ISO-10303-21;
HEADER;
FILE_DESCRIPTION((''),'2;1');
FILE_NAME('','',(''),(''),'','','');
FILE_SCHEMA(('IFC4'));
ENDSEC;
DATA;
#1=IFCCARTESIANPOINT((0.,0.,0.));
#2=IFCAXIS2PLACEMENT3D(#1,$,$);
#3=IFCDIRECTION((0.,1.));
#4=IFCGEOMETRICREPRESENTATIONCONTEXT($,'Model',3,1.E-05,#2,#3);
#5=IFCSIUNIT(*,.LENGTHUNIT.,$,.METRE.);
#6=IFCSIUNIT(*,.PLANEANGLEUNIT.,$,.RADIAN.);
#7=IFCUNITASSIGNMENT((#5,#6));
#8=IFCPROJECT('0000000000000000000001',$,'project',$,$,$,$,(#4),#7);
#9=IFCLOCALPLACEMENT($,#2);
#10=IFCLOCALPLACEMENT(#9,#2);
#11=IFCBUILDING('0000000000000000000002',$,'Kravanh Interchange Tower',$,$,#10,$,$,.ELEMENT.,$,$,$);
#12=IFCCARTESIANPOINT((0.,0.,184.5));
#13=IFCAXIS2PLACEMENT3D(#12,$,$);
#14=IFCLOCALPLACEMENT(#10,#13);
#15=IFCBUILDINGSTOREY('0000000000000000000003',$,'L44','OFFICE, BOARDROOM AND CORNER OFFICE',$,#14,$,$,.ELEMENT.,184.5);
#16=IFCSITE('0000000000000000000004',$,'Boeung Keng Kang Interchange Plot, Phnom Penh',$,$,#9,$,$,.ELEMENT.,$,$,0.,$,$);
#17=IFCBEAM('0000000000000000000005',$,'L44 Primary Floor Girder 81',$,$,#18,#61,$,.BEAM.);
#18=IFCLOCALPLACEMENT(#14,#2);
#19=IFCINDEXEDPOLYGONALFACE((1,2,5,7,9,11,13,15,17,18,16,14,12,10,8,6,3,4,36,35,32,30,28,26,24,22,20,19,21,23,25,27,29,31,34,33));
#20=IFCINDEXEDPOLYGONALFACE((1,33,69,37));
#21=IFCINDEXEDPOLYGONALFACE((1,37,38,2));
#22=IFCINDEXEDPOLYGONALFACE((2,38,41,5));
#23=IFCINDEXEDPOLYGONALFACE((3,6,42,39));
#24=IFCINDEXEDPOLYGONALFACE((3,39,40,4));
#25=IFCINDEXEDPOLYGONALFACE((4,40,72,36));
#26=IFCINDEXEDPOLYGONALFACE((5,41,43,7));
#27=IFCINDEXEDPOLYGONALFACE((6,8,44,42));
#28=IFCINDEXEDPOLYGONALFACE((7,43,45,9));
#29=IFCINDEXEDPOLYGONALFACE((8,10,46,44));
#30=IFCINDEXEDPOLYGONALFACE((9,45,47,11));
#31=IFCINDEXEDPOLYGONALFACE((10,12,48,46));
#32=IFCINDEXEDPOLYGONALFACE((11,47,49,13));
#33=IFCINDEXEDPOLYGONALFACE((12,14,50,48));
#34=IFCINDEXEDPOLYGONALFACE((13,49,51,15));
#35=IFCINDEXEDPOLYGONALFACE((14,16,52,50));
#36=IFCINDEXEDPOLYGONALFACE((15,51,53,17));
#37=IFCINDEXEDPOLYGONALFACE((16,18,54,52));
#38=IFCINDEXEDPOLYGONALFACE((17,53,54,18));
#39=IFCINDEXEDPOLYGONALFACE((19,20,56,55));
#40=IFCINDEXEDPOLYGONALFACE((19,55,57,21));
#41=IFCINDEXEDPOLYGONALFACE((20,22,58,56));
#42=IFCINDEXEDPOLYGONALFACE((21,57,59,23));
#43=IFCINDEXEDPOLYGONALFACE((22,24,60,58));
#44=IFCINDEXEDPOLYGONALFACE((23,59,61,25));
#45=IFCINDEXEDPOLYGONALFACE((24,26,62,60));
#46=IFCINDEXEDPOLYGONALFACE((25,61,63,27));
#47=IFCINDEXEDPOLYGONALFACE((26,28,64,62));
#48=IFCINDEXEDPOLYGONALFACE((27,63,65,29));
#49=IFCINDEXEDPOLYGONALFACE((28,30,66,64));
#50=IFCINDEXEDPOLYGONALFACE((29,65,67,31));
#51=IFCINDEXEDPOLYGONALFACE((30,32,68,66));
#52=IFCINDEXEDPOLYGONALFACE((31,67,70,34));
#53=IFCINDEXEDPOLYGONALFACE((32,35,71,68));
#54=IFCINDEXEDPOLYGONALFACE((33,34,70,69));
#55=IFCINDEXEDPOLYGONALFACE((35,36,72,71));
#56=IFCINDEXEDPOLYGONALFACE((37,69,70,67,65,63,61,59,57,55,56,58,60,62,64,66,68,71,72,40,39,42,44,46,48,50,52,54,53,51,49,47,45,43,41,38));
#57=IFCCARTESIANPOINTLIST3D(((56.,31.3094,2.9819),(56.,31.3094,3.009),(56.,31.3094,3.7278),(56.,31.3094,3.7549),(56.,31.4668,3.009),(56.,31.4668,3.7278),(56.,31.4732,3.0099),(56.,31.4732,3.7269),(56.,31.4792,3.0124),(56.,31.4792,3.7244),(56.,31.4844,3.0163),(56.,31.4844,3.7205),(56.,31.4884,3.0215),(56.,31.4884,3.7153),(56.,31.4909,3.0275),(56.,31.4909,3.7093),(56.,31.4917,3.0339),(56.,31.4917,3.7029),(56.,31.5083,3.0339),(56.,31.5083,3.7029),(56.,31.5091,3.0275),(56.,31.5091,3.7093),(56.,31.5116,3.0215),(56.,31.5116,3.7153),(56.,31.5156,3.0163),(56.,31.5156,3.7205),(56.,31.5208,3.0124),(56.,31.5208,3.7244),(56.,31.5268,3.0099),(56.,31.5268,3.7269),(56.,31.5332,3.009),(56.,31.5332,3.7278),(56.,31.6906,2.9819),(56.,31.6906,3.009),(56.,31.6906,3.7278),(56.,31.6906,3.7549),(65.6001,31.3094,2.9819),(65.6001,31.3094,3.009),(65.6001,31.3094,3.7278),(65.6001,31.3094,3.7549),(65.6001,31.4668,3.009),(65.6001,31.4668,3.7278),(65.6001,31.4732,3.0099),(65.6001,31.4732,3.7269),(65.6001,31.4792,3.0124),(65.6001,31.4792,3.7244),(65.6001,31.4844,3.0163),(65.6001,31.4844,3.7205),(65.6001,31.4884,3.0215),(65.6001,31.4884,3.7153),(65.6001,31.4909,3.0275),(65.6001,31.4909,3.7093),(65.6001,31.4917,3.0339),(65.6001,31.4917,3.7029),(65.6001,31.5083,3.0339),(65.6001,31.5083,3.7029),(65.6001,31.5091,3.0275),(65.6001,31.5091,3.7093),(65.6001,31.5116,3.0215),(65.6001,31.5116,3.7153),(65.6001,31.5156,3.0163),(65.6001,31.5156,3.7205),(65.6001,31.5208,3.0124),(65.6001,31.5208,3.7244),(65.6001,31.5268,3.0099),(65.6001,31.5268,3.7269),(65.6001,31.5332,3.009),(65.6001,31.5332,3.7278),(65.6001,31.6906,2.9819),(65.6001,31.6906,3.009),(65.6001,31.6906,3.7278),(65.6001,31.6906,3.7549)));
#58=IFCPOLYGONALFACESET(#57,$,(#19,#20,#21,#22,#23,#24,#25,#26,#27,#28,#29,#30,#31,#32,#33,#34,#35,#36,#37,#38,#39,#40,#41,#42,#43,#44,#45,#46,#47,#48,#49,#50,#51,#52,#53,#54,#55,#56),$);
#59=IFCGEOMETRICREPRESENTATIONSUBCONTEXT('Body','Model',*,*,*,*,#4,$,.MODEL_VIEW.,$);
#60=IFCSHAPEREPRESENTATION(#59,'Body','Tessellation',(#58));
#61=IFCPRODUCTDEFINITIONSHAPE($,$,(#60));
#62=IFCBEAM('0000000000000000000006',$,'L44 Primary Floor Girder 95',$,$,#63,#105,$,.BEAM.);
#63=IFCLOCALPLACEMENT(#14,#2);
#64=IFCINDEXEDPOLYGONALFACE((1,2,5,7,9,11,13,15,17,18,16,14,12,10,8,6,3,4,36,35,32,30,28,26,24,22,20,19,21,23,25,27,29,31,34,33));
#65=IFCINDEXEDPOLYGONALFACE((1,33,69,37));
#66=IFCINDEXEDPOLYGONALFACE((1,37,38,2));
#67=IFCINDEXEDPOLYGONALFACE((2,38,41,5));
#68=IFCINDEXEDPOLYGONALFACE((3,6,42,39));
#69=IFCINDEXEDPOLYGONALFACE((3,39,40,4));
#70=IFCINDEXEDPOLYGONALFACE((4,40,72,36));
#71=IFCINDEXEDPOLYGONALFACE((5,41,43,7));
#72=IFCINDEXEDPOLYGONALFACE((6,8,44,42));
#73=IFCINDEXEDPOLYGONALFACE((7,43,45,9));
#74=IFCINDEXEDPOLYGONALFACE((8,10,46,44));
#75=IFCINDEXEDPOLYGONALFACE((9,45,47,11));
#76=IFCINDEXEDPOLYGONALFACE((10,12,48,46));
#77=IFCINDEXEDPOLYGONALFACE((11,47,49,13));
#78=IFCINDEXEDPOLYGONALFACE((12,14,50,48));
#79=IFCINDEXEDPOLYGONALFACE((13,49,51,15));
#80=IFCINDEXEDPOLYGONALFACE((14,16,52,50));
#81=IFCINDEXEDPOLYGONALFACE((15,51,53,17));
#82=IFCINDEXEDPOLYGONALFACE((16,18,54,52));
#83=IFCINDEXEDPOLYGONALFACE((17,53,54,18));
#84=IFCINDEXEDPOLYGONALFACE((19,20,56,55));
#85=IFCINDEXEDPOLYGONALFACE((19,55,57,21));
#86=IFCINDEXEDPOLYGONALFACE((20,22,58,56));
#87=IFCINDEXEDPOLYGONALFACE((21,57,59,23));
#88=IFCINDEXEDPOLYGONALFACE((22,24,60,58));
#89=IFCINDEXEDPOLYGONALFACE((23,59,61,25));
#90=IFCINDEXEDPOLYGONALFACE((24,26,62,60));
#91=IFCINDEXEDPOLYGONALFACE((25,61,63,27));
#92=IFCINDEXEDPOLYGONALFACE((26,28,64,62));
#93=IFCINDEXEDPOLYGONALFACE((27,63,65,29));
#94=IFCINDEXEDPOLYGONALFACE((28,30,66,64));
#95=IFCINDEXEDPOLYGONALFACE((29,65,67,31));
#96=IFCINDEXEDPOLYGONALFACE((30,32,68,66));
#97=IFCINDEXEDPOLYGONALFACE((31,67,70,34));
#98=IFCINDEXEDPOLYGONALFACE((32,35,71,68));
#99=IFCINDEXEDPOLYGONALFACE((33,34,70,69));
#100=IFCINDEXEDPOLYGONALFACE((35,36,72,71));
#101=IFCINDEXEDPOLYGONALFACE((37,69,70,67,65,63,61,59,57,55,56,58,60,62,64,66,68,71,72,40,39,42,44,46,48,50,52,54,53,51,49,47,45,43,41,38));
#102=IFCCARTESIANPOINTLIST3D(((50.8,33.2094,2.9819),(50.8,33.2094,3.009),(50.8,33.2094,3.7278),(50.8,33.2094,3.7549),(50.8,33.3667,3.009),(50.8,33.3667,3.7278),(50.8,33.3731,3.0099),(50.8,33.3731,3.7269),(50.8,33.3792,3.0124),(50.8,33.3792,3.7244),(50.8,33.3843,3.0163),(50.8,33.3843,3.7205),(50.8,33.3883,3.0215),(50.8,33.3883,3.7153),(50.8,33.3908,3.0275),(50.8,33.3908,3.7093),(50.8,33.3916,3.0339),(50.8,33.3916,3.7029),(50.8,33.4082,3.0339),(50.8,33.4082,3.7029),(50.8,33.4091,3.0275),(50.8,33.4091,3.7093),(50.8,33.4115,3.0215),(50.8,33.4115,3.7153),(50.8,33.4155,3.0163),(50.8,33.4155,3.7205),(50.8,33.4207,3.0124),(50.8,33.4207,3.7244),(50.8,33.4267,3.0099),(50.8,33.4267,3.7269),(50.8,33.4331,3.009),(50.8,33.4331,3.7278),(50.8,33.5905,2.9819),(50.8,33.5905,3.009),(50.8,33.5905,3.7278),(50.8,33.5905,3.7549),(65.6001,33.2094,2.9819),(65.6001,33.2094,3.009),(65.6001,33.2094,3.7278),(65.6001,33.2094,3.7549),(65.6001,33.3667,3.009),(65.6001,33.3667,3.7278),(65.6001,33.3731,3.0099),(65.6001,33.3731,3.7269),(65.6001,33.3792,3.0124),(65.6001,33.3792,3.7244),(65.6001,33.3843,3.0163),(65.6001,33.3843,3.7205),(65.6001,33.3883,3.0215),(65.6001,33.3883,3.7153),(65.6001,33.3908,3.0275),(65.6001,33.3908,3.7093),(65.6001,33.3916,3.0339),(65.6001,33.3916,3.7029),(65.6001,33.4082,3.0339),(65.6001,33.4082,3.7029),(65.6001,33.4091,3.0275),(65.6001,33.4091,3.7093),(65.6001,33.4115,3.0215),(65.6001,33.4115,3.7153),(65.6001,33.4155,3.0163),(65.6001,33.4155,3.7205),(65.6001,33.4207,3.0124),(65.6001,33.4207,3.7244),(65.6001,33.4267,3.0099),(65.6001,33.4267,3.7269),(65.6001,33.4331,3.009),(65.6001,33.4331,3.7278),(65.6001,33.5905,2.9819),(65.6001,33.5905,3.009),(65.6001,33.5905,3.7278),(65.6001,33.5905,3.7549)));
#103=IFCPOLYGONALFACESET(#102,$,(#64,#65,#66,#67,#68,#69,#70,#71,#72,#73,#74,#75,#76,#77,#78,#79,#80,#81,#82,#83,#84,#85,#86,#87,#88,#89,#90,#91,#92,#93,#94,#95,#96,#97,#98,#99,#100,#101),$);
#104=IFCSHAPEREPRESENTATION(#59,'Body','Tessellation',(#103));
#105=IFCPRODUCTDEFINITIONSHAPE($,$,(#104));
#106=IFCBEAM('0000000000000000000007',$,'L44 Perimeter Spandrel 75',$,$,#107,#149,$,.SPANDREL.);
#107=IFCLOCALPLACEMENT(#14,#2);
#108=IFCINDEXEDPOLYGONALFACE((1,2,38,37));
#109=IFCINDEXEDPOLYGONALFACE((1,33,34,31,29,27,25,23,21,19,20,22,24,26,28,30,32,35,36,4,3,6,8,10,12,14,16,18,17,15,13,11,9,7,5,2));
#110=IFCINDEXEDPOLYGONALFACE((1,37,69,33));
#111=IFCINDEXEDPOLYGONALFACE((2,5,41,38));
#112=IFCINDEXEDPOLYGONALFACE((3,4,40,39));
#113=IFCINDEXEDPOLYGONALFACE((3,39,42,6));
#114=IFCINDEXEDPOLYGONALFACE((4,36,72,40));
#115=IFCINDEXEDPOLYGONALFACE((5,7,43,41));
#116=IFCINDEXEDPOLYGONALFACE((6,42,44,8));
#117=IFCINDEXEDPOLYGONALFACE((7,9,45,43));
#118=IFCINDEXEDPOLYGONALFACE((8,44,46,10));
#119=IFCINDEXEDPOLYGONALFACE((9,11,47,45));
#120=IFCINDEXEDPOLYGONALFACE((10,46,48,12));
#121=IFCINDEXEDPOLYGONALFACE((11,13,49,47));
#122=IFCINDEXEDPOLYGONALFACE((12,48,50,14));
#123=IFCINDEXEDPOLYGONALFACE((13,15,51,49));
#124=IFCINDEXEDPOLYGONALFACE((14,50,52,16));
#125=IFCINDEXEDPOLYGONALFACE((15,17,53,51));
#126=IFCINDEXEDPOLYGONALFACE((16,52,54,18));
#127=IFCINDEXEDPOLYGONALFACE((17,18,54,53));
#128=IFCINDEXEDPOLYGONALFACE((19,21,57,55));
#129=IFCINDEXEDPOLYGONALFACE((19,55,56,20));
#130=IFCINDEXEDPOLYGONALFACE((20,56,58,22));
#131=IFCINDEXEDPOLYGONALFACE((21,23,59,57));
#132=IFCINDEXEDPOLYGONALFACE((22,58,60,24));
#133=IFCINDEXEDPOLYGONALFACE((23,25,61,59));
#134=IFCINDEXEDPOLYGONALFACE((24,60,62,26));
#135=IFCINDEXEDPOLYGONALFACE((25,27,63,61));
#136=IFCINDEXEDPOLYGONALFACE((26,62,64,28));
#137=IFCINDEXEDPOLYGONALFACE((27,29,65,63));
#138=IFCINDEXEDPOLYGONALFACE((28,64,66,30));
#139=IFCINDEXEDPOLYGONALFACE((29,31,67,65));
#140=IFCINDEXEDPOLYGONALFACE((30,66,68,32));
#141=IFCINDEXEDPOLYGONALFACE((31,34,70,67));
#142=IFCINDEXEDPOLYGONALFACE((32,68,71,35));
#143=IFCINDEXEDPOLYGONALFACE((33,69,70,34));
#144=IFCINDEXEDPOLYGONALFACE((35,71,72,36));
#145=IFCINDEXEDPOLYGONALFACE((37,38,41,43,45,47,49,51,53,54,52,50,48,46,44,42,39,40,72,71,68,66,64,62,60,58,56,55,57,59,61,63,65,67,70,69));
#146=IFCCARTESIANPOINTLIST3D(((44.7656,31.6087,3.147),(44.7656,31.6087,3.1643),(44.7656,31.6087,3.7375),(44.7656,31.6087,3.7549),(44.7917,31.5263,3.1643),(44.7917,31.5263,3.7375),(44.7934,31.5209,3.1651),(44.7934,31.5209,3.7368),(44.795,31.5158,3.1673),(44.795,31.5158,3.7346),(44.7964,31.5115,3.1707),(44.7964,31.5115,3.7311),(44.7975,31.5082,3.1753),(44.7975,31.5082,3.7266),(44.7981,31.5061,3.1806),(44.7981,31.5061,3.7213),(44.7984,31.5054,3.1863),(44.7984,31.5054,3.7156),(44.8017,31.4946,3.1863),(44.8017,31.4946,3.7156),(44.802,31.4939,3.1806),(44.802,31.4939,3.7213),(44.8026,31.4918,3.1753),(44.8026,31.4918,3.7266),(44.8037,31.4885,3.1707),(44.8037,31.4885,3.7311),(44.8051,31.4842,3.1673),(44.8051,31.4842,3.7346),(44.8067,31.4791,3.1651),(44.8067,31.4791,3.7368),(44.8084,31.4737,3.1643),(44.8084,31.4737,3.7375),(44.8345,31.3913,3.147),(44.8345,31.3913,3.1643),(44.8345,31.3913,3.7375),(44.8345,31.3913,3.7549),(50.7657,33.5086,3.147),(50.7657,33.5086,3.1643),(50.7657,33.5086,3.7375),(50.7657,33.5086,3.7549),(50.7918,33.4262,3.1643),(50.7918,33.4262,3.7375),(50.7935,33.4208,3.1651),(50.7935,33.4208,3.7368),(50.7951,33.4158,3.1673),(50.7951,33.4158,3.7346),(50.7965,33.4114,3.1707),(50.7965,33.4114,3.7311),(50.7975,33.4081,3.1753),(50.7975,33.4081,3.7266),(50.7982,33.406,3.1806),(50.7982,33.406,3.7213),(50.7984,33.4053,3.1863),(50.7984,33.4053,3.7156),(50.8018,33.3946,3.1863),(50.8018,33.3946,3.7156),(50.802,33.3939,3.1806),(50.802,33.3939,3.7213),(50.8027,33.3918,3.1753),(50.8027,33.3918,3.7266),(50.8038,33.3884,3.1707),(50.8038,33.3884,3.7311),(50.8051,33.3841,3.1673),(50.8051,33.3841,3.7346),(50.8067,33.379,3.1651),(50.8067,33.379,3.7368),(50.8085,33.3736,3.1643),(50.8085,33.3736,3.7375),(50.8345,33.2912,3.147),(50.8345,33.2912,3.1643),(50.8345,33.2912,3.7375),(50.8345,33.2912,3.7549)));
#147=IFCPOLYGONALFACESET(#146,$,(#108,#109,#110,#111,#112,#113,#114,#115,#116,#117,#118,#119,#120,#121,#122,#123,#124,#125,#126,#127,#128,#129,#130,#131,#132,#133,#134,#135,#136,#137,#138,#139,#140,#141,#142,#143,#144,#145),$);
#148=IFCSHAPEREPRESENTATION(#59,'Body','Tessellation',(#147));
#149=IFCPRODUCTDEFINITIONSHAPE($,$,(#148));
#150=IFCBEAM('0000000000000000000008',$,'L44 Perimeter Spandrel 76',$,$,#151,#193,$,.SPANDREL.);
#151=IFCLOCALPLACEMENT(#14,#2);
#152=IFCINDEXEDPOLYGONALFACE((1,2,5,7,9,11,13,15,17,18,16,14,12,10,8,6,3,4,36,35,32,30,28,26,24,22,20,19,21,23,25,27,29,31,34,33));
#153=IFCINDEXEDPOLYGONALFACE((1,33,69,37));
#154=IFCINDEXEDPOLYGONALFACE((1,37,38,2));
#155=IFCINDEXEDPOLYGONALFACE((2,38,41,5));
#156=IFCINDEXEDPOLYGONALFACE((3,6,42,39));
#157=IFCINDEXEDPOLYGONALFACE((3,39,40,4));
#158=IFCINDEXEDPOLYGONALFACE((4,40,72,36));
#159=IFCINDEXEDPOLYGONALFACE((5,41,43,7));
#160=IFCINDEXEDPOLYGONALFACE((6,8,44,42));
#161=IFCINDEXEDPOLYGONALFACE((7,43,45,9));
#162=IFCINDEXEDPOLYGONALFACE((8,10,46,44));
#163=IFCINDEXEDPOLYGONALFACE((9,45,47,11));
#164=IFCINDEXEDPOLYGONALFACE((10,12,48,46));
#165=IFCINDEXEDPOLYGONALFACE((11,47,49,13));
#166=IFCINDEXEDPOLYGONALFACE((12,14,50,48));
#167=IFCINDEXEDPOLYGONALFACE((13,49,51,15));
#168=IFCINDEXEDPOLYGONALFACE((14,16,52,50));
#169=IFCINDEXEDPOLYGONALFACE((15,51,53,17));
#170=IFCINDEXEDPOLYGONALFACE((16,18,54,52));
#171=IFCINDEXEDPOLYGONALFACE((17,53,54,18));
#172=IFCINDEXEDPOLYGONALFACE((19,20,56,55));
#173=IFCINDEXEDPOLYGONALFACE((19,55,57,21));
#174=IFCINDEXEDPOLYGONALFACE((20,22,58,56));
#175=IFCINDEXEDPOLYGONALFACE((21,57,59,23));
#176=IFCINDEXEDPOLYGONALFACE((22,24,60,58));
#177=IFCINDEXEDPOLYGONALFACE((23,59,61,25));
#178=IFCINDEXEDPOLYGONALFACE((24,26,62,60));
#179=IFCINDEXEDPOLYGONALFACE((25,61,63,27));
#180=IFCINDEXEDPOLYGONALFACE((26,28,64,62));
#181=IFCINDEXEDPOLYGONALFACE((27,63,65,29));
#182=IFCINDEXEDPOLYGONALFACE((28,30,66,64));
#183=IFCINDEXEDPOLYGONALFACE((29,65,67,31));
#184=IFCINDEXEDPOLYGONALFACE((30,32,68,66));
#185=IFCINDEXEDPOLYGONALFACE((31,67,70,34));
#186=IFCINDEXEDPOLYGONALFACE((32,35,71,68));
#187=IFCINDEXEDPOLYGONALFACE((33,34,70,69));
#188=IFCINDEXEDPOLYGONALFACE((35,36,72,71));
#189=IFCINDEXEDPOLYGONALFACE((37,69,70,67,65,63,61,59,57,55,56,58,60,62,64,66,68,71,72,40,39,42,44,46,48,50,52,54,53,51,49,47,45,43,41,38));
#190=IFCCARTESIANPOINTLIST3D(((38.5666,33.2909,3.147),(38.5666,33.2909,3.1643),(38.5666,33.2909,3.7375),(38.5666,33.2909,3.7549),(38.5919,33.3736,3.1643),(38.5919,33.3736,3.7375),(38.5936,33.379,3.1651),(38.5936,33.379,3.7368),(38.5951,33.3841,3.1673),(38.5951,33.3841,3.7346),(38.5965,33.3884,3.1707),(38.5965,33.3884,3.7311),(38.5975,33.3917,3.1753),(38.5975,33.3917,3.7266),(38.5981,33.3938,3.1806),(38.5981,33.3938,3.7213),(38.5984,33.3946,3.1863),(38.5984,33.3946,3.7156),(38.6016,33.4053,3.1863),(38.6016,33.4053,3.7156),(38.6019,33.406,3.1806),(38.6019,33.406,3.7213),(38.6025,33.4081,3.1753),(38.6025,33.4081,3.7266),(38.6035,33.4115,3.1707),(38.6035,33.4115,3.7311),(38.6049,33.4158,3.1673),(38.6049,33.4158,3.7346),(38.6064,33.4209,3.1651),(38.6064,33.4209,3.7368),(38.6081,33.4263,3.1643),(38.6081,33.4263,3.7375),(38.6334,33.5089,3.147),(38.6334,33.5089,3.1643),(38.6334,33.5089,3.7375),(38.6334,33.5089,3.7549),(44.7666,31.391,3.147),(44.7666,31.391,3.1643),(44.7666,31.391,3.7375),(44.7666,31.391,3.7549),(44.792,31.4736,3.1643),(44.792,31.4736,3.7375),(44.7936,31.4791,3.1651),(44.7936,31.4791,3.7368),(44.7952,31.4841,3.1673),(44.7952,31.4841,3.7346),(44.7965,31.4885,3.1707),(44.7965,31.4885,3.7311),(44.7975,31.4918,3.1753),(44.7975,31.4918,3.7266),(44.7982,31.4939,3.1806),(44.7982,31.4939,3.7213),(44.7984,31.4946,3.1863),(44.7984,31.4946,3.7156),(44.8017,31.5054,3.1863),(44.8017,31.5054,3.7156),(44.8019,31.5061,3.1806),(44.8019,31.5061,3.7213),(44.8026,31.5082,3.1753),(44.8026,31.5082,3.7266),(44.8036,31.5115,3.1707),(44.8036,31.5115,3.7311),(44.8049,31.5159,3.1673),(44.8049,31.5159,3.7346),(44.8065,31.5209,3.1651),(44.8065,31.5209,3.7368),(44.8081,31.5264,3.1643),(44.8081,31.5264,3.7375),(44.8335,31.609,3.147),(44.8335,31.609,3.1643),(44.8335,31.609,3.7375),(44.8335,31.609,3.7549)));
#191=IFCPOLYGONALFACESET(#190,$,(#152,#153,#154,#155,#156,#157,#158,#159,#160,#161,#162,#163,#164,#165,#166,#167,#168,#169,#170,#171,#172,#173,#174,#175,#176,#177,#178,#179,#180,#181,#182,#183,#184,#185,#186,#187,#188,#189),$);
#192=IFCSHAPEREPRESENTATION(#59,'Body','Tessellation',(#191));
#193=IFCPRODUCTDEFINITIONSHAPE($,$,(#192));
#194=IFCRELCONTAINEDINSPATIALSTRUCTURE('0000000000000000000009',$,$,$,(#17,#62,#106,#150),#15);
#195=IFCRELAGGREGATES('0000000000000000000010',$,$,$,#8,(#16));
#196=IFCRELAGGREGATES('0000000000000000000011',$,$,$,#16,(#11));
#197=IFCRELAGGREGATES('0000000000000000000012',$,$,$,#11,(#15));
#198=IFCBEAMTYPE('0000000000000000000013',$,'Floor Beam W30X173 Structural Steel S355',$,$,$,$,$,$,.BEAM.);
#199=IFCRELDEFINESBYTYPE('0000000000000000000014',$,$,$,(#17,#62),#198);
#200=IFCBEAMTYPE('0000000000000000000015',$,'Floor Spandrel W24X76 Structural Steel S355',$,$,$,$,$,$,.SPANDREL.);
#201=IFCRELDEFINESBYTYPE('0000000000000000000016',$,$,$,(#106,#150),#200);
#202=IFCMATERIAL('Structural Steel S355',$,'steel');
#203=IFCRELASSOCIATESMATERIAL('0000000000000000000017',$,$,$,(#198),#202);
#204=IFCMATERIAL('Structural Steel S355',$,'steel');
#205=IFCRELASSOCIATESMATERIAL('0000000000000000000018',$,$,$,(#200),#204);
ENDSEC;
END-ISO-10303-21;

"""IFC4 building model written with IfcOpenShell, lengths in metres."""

from ifc_helpers import new_model, si_unit, direction, frame, origin, origin_2d, place, context, subcontext, project, spatial, i_section, extrude, material, material_profile, profile_set, type_object, element, save


model = new_model("IFC4")

# Units and contexts
model_context = context("Model", 3, precision=1e-05, world=origin(), true_north=direction((0.0, 1.0)))
body_context = subcontext(model_context, "Body", "Model", "MODEL_VIEW")
ifc_project = project(units=[si_unit("LENGTHUNIT", "METRE"), si_unit("PLANEANGLEUNIT", "RADIAN")], contexts=[model_context])

# Site, building, storey
site_placement = place(None, origin())
site = spatial("IfcSite", under=ifc_project, at=site_placement, Name="Boeung Keng Kang Interchange Plot, Phnom Penh", CompositionType="ELEMENT", RefElevation=0.0)
building_placement = place(site_placement, origin())
building = spatial("IfcBuilding", under=site, at=building_placement, Name="Kravanh Interchange Tower", CompositionType="ELEMENT")
storey_placement = place(building_placement, frame((0.0, 0.0, 184.5)))
storey = spatial("IfcBuildingStorey", under=building, at=storey_placement, Name="L44", Description="OFFICE, BOARDROOM AND CORNER OFFICE", CompositionType="ELEMENT", Elevation=184.5)

# Beams
ifc_material_1 = material(Name="Structural Steel S355", Category="steel")
ifc_material_profile_1 = material_profile(ifc_material_1, i_section(OverallWidth=0.3811, OverallDepth=0.7729, WebThickness=0.0166, FlangeThickness=0.0271, FilletRadius=0.0249, at=origin_2d()), Name="W30X173")
ifc_profile_set_1 = profile_set([ifc_material_profile_1], Name="Structural Steel S355")
beam_type_1 = type_object("IfcBeamType", Name="Floor Beam W30X173 Structural Steel S355", PredefinedType="BEAM", material=ifc_profile_set_1)
beam_1_placement = place(storey_placement, frame((56.0, 31.5, 3.3684), z_axis=(1.0, 0.0, 0.0), x_axis=(0.0, 1.0, 0.0)))
element("IfcBeam", 1, at=beam_1_placement, inside=storey, type_object=beam_type_1, Name="L44 Primary Floor Girder 81", PredefinedType="BEAM", context=body_context, shape_type="SweptSolid", body=[
    extrude(i_section(OverallWidth=0.3811, OverallDepth=0.7729, WebThickness=0.0166, FlangeThickness=0.0271, FilletRadius=0.0249, at=origin_2d()), origin(), (0.0, 0.0, 1.0), 9.6001),
])
beam_2_placement = place(storey_placement, frame((50.8, 33.3999, 3.3684), z_axis=(1.0, 0.0, 0.0), x_axis=(0.0, 1.0, 0.0)))
element("IfcBeam", 2, at=beam_2_placement, inside=storey, type_object=beam_type_1, Name="L44 Primary Floor Girder 95", PredefinedType="BEAM", context=body_context, shape_type="SweptSolid", body=[
    extrude(i_section(OverallWidth=0.3811, OverallDepth=0.7729, WebThickness=0.0166, FlangeThickness=0.0271, FilletRadius=0.0249, at=origin_2d()), origin(), (0.0, 0.0, 1.0), 14.8),
])
ifc_material_2 = material(Name="Structural Steel S355", Category="steel")
ifc_material_profile_2 = material_profile(ifc_material_2, i_section(OverallWidth=0.228, OverallDepth=0.6079, WebThickness=0.0112, FlangeThickness=0.0173, FilletRadius=0.022, at=origin_2d()), Name="W24X76")
ifc_profile_set_2 = profile_set([ifc_material_profile_2], Name="Structural Steel S355")
beam_type_2 = type_object("IfcBeamType", Name="Floor Spandrel W24X76 Structural Steel S355", PredefinedType="SPANDREL", material=ifc_profile_set_2)
beam_3_placement = place(storey_placement, frame((44.8, 31.5, 3.4509), z_axis=(0.953347, 0.301878, 0.0), x_axis=(-0.301878, 0.953347, 0.0)))
element("IfcBeam", 3, at=beam_3_placement, inside=storey, type_object=beam_type_2, Name="L44 Perimeter Spandrel 75", PredefinedType="SPANDREL", context=body_context, shape_type="SweptSolid", body=[
    extrude(i_section(OverallWidth=0.228, OverallDepth=0.6079, WebThickness=0.0112, FlangeThickness=0.0173, FilletRadius=0.022, at=origin_2d()), origin(), (0.0, 0.0, 1.0), 6.2937),
])
beam_4_placement = place(storey_placement, frame((44.8, 31.5, 3.4509), z_axis=(-0.956115, 0.29299, 0.0), x_axis=(-0.29299, -0.956115, 0.0)))
element("IfcBeam", 4, at=beam_4_placement, inside=storey, type_object=beam_type_2, Name="L44 Perimeter Spandrel 76", PredefinedType="SPANDREL", context=body_context, shape_type="SweptSolid", body=[
    extrude(i_section(OverallWidth=0.228, OverallDepth=0.6079, WebThickness=0.0112, FlangeThickness=0.0173, FilletRadius=0.022, at=origin_2d()), origin(), (0.0, 0.0, 1.0), 6.4846),
])

save(model, "model.ifc")
